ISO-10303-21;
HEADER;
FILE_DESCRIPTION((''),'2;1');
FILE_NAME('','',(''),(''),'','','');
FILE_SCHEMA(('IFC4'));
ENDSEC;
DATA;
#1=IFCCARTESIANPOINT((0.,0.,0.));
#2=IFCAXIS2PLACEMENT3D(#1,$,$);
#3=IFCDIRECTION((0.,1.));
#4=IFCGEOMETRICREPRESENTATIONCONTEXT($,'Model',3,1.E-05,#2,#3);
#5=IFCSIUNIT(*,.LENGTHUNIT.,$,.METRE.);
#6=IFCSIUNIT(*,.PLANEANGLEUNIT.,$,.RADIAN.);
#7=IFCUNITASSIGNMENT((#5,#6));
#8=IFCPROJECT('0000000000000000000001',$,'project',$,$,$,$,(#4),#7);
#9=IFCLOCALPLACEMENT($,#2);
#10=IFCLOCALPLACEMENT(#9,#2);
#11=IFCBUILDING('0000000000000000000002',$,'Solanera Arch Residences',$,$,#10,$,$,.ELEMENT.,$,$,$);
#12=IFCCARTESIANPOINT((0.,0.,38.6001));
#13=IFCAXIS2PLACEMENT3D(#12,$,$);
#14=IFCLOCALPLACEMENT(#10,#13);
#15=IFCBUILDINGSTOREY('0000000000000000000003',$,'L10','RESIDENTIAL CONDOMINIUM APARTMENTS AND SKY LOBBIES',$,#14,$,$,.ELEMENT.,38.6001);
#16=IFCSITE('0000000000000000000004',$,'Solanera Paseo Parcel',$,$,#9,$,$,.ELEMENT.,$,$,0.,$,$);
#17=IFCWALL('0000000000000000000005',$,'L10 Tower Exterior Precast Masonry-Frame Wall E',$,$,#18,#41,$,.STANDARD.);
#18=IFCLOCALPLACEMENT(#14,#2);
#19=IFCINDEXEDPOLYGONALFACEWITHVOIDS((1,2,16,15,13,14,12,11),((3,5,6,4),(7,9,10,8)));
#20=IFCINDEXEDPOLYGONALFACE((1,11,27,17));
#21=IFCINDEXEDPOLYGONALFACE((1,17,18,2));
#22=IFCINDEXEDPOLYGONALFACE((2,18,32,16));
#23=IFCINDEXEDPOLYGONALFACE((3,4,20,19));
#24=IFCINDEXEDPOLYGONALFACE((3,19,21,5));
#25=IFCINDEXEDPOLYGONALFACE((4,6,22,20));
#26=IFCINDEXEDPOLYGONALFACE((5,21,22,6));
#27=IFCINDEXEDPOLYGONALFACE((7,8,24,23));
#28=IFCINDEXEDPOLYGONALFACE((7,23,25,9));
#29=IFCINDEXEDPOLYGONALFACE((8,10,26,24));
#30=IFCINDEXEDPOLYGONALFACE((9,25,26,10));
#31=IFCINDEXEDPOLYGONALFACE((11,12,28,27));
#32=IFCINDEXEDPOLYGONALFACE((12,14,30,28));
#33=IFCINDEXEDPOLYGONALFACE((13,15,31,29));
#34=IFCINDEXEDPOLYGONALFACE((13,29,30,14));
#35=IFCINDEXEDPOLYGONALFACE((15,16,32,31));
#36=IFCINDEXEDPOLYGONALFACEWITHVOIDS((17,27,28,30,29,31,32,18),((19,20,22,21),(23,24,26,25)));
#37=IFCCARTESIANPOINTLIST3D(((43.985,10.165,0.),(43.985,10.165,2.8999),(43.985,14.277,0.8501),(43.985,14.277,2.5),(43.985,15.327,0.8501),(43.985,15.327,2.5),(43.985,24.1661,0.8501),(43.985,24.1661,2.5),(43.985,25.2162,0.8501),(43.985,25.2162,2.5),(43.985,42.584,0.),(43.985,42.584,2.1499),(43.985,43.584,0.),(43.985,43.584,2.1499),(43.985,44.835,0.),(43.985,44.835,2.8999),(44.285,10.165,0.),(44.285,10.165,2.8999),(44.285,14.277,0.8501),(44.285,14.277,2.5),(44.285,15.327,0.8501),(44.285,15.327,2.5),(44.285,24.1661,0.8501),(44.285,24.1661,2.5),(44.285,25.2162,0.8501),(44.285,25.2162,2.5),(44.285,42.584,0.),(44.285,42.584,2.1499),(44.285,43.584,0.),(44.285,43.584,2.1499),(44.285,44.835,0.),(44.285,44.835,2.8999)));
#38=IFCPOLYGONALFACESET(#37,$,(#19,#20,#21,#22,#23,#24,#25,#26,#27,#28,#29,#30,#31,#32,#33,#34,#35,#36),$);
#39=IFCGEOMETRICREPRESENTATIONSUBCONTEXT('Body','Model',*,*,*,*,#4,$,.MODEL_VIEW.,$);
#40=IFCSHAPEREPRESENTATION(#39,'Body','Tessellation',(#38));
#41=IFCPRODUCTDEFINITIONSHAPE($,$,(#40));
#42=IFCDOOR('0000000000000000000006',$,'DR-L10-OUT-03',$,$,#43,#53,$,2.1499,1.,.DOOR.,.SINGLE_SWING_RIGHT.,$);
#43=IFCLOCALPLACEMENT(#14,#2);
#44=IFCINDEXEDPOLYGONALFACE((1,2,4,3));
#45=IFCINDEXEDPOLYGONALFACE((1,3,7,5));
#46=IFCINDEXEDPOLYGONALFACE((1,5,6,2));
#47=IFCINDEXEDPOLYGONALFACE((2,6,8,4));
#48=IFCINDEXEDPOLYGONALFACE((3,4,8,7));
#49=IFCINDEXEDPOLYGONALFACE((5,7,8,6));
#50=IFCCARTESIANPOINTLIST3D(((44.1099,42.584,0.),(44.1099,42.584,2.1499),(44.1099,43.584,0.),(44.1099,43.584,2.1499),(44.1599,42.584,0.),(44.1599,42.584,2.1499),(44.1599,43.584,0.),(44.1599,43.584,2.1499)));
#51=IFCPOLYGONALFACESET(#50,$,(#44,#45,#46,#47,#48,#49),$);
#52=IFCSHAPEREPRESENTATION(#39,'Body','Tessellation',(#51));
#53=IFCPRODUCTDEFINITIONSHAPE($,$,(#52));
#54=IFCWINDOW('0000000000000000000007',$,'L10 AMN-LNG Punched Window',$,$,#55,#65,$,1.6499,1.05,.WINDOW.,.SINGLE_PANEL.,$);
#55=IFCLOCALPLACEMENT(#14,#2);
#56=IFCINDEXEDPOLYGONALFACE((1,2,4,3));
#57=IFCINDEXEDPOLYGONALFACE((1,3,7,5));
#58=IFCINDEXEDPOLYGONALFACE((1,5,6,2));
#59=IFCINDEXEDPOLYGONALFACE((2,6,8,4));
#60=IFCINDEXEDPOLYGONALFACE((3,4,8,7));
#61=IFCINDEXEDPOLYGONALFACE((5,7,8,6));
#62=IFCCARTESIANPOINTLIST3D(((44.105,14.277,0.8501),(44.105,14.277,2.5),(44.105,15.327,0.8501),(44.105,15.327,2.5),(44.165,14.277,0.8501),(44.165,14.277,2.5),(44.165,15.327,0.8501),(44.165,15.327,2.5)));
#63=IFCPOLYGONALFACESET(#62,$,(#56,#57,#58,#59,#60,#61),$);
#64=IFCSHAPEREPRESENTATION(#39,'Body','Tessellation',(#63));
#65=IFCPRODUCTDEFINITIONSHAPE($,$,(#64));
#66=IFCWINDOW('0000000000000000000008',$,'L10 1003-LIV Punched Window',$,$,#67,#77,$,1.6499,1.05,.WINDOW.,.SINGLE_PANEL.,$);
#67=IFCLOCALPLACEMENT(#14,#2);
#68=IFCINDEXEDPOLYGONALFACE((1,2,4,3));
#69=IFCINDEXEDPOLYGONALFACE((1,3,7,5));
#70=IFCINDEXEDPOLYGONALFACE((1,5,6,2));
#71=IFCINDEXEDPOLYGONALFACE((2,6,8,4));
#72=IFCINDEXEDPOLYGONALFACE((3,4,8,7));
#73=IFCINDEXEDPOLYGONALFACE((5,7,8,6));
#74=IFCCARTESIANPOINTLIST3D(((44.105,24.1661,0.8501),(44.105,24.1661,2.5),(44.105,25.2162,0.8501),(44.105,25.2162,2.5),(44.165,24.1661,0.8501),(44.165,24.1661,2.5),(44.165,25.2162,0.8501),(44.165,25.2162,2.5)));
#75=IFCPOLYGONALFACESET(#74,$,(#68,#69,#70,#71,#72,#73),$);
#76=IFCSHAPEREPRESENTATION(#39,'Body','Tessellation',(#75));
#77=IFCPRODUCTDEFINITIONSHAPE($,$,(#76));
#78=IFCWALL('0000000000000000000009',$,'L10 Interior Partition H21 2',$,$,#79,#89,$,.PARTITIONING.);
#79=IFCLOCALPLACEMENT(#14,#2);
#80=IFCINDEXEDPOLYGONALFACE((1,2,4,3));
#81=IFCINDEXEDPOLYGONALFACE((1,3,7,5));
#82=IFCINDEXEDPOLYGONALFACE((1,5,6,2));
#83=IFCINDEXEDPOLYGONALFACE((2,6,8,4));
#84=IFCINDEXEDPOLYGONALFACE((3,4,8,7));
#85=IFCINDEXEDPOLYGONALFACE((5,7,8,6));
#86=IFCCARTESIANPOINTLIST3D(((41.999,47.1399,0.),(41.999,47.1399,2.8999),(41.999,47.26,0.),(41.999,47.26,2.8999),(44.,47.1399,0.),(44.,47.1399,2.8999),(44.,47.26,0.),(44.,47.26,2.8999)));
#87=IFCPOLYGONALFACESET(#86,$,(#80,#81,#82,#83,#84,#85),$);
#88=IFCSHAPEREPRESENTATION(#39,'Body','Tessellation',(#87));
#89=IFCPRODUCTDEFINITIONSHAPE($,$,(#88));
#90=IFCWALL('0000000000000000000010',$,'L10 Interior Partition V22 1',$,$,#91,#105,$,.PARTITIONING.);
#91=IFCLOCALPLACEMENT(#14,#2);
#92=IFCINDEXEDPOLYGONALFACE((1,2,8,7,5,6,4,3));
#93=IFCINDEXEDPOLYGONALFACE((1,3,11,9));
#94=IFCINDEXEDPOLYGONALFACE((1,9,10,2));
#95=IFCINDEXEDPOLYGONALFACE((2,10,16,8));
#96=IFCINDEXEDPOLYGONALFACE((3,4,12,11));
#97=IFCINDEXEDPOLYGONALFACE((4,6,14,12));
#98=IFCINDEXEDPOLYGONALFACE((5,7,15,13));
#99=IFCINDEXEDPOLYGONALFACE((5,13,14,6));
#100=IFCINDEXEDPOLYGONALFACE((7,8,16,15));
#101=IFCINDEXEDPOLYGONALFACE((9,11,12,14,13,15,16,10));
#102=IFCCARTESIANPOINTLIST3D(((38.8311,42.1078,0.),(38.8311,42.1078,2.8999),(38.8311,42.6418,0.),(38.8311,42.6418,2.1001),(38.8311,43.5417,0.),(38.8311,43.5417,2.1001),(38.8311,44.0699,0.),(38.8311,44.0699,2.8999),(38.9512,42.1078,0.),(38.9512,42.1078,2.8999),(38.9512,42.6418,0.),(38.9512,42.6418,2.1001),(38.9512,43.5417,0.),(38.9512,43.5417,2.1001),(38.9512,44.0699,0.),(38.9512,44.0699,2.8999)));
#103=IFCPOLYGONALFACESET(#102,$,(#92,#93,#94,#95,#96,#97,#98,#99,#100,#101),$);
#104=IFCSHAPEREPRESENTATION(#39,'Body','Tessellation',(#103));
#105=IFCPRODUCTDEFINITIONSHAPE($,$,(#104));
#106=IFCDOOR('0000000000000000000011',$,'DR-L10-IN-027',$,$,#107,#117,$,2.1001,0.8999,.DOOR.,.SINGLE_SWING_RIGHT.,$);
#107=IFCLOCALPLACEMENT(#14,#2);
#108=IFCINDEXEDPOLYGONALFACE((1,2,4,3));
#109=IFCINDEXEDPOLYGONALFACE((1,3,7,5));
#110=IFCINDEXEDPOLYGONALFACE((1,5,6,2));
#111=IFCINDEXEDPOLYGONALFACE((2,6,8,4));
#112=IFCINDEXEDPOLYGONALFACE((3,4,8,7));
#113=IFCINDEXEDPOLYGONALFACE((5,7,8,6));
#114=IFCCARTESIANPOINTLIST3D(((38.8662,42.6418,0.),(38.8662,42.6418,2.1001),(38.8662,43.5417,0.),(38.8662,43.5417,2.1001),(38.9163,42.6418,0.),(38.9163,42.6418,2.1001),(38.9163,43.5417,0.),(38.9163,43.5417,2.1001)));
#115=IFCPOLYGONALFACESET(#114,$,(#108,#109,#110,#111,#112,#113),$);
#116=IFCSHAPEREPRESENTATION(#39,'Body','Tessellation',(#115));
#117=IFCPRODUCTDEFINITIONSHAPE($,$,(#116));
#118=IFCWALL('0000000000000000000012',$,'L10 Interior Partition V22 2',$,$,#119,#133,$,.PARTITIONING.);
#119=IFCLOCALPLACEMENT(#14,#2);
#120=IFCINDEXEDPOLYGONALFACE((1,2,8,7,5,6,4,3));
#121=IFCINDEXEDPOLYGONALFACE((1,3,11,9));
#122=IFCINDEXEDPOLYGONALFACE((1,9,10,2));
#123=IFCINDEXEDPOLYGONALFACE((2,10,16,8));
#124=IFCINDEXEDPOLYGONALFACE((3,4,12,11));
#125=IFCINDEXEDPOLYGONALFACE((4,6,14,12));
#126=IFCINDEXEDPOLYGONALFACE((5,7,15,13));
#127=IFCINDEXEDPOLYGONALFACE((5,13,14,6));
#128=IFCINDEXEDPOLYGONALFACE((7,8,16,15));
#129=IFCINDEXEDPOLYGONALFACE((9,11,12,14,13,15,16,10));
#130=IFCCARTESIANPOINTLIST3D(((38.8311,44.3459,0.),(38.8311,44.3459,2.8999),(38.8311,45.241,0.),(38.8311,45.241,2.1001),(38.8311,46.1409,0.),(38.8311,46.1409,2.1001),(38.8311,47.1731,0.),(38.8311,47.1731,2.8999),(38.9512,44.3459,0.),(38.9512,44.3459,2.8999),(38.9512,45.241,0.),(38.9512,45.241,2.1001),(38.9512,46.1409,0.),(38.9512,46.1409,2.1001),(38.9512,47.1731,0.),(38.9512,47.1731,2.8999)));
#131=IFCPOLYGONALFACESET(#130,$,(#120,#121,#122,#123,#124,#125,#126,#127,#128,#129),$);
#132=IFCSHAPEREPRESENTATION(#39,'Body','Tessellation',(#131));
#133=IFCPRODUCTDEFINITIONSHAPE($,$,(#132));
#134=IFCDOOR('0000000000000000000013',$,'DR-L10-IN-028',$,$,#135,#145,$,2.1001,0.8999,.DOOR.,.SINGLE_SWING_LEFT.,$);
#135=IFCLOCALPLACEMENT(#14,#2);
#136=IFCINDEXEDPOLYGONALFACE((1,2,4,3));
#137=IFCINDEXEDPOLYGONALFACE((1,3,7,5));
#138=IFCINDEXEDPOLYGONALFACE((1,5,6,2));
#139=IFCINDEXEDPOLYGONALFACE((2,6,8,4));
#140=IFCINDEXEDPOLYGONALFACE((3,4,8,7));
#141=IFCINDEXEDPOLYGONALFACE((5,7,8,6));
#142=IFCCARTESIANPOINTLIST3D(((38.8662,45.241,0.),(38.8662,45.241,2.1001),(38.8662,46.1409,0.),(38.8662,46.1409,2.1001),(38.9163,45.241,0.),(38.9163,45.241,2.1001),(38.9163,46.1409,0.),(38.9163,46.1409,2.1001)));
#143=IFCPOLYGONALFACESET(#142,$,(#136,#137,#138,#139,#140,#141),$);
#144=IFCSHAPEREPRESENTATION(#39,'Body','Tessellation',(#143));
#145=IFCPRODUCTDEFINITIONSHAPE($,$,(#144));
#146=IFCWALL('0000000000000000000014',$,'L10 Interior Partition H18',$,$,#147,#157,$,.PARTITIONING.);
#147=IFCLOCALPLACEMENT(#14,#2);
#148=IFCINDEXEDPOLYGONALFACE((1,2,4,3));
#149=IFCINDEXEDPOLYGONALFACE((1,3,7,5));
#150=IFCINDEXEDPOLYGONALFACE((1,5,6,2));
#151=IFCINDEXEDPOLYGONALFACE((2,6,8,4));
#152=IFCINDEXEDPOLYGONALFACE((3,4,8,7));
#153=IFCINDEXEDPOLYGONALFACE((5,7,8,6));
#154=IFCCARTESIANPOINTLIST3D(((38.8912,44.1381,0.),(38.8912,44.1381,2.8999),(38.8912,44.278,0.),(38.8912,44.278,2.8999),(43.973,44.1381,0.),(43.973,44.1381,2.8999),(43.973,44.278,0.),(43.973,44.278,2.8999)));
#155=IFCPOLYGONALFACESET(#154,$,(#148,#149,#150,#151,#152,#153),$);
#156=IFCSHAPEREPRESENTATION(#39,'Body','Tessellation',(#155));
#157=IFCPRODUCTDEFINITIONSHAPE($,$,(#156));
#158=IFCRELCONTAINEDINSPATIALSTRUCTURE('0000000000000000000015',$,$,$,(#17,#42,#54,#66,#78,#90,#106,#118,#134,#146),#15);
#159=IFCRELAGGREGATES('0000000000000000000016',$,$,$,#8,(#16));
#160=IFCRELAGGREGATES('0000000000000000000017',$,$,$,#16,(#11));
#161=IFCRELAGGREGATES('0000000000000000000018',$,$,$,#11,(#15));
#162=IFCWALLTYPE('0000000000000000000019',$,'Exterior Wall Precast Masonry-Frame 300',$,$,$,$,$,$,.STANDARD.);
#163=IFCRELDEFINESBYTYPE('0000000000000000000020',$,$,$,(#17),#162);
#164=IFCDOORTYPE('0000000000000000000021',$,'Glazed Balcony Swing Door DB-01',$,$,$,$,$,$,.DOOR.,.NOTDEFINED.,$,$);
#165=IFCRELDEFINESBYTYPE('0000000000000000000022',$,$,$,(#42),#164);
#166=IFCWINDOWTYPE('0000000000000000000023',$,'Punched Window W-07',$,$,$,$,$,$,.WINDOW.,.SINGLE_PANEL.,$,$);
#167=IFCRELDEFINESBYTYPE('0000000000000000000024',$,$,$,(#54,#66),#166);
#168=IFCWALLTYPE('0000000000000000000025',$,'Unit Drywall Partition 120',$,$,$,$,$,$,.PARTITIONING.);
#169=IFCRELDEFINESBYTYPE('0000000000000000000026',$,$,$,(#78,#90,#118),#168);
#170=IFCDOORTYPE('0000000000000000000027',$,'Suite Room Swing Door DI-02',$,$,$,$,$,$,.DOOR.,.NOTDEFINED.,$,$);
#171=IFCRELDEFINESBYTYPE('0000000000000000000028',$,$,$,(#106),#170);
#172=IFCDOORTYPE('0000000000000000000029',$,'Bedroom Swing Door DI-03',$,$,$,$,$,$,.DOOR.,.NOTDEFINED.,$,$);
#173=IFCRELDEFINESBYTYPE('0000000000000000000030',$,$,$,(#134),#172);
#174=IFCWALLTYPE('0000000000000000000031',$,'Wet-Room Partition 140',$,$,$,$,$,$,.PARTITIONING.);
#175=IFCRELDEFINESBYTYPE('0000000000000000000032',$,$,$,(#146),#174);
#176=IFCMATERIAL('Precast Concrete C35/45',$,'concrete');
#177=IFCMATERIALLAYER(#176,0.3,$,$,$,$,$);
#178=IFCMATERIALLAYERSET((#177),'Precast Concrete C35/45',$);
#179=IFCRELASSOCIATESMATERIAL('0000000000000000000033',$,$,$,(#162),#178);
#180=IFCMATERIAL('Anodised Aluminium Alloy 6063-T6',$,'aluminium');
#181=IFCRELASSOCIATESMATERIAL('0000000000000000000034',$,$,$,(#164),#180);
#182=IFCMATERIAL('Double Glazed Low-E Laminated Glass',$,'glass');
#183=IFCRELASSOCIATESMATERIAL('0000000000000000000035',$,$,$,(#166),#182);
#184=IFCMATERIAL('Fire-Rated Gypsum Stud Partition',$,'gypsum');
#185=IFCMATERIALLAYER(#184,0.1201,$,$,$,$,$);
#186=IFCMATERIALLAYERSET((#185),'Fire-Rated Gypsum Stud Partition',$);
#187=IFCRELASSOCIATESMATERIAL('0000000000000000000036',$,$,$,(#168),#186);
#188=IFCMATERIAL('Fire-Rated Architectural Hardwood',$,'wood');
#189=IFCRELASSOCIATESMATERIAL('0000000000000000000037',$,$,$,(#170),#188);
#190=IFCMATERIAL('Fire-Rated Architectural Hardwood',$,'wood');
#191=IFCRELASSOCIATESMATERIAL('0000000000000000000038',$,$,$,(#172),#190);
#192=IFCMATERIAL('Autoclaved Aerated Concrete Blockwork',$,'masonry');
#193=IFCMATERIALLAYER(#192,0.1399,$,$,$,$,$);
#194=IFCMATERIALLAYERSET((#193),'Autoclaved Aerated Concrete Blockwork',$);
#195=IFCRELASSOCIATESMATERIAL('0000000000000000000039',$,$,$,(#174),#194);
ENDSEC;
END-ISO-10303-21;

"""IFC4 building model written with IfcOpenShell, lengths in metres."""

from ifc_helpers import new_model, si_unit, direction, frame, frame_2d, origin, place, context, subcontext, project, spatial, rectangle, extrude, material, layer, layer_set, type_object, element, fill, save


model = new_model("IFC4")

# Units and contexts
model_context = context("Model", 3, precision=1e-05, world=origin(), true_north=direction((0.0, 1.0)))
body_context = subcontext(model_context, "Body", "Model", "MODEL_VIEW")
ifc_project = project(units=[si_unit("LENGTHUNIT", "METRE"), si_unit("PLANEANGLEUNIT", "RADIAN")], contexts=[model_context])

# Site, building, storey
site_placement = place(None, origin())
site = spatial("IfcSite", under=ifc_project, at=site_placement, Name="Solanera Paseo Parcel", CompositionType="ELEMENT", RefElevation=0.0)
building_placement = place(site_placement, origin())
building = spatial("IfcBuilding", under=site, at=building_placement, Name="Solanera Arch Residences", CompositionType="ELEMENT")
storey_placement = place(building_placement, frame((0.0, 0.0, 38.6001)))
storey = spatial("IfcBuildingStorey", under=building, at=storey_placement, Name="L10", Description="RESIDENTIAL CONDOMINIUM APARTMENTS AND SKY LOBBIES", CompositionType="ELEMENT", Elevation=38.6001)

# Shared definitions
ifc_material_1 = material(Name="Precast Concrete C35/45", Category="concrete")
ifc_layer_1 = layer(ifc_material_1, 0.3)
ifc_layer_set_1 = layer_set([ifc_layer_1], Name="Precast Concrete C35/45")
wall_type_1 = type_object("IfcWallType", Name="Exterior Wall Precast Masonry-Frame 300", PredefinedType="STANDARD", material=ifc_layer_set_1)

# Wall, openings, door, windows
wall_1_placement = place(storey_placement, frame((44.135, 44.835, 0.0), z_axis=(0.0, 0.0, 1.0), x_axis=(0.0, -1.0, 0.0)))
wall_1 = element("IfcWall", 1, at=wall_1_placement, inside=storey, type_object=wall_type_1, Name="L10 Tower Exterior Precast Masonry-Frame Wall E", PredefinedType="STANDARD", context=body_context, shape_type="SweptSolid", body=[
    extrude(rectangle(XDim=34.6699, YDim=0.3, at=frame_2d((17.335, 0.0))), origin(), (0.0, 0.0, 1.0), 2.8999),
])
opening_1_placement = place(wall_1_placement, frame((1.251, 0.0, 0.0)))
opening_1 = element("IfcOpeningElement", 2, at=opening_1_placement, cuts=wall_1, PredefinedType="OPENING", context=body_context, shape_type="SweptSolid", body=[
    extrude(rectangle(XDim=1.0, YDim=2.1499, at=frame_2d((0.5, 1.075))), frame((0.0, 0.1599, 0.0), z_axis=(0.0, -1.0, 0.0), x_axis=(1.0, 0.0, 0.0)), (0.0, 0.0, 1.0), 0.32),
])
opening_2_placement = place(wall_1_placement, frame((29.5081, 0.0, 0.8501)))
opening_2 = element("IfcOpeningElement", 3, at=opening_2_placement, cuts=wall_1, PredefinedType="OPENING", context=body_context, shape_type="SweptSolid", body=[
    extrude(rectangle(XDim=1.05, YDim=1.6499, at=frame_2d((0.5249, 0.825))), frame((0.0, 0.1599, 0.0), z_axis=(0.0, -1.0, 0.0), x_axis=(1.0, 0.0, 0.0)), (0.0, 0.0, 1.0), 0.32),
])
opening_3_placement = place(wall_1_placement, frame((19.6189, 0.0, 0.8501)))
opening_3 = element("IfcOpeningElement", 4, at=opening_3_placement, cuts=wall_1, PredefinedType="OPENING", context=body_context, shape_type="SweptSolid", body=[
    extrude(rectangle(XDim=1.05, YDim=1.6499, at=frame_2d((0.5249, 0.825))), frame((0.0, 0.1599, 0.0), z_axis=(0.0, -1.0, 0.0), x_axis=(1.0, 0.0, 0.0)), (0.0, 0.0, 1.0), 0.32),
])
ifc_material_2 = material(Name="Anodised Aluminium Alloy 6063-T6", Category="aluminium")
door_type_1 = type_object("IfcDoorType", Name="Glazed Balcony Swing Door DB-01", OperationType="NOTDEFINED", PredefinedType="DOOR", material=ifc_material_2)
door_1_placement = place(opening_1_placement, origin())
door_1 = element("IfcDoor", 5, at=door_1_placement, inside=storey, type_object=door_type_1, Name="DR-L10-OUT-03", OperationType="SINGLE_SWING_RIGHT", OverallHeight=2.1499, OverallWidth=1.0, PredefinedType="DOOR", context=body_context, shape_type="SweptSolid", body=[
    extrude(rectangle(XDim=1.0, YDim=2.1499, at=frame_2d((0.5, 1.075))), frame((0.0, 0.0249, 0.0), z_axis=(0.0, -1.0, 0.0), x_axis=(1.0, 0.0, 0.0)), (0.0, 0.0, 1.0), 0.05),
])
fill(opening_1, door_1)
ifc_material_3 = material(Name="Double Glazed Low-E Laminated Glass", Category="glass")
window_type = type_object("IfcWindowType", Name="Punched Window W-07", PartitioningType="SINGLE_PANEL", PredefinedType="WINDOW", material=ifc_material_3)
window_1_placement = place(opening_2_placement, origin())
window_1 = element("IfcWindow", 6, at=window_1_placement, inside=storey, type_object=window_type, Name="L10 AMN-LNG Punched Window", OverallHeight=1.6499, OverallWidth=1.05, PartitioningType="SINGLE_PANEL", PredefinedType="WINDOW", context=body_context, shape_type="SweptSolid", body=[
    extrude(rectangle(XDim=1.05, YDim=1.6499, at=frame_2d((0.5249, 0.825))), frame((0.0, 0.03, 0.0), z_axis=(0.0, -1.0, 0.0), x_axis=(1.0, 0.0, 0.0)), (0.0, 0.0, 1.0), 0.0601),
])
fill(opening_2, window_1)
window_2_placement = place(opening_3_placement, origin())
window_2 = element("IfcWindow", 7, at=window_2_placement, inside=storey, type_object=window_type, Name="L10 1003-LIV Punched Window", OverallHeight=1.6499, OverallWidth=1.05, PartitioningType="SINGLE_PANEL", PredefinedType="WINDOW", context=body_context, shape_type="SweptSolid", body=[
    extrude(rectangle(XDim=1.05, YDim=1.6499, at=frame_2d((0.5249, 0.825))), frame((0.0, 0.03, 0.0), z_axis=(0.0, -1.0, 0.0), x_axis=(1.0, 0.0, 0.0)), (0.0, 0.0, 1.0), 0.0601),
])
fill(opening_3, window_2)

# Wall
ifc_material_4 = material(Name="Fire-Rated Gypsum Stud Partition", Category="gypsum")
ifc_layer_2 = layer(ifc_material_4, 0.1201)
ifc_layer_set_2 = layer_set([ifc_layer_2], Name="Fire-Rated Gypsum Stud Partition")
wall_type_2 = type_object("IfcWallType", Name="Unit Drywall Partition 120", PredefinedType="PARTITIONING", material=ifc_layer_set_2)
wall_2_placement = place(storey_placement, frame((41.999, 47.2, 0.0), z_axis=(0.0, 0.0, 1.0), x_axis=(1.0, 0.0, 0.0)))
element("IfcWall", 8, at=wall_2_placement, inside=storey, type_object=wall_type_2, Name="L10 Interior Partition H21 2", PredefinedType="PARTITIONING", context=body_context, shape_type="SweptSolid", body=[
    extrude(rectangle(XDim=2.001, YDim=0.1201, at=frame_2d((1.0005, 0.0))), origin(), (0.0, 0.0, 1.0), 2.8999),
])

# Walls, openings, doors
wall_3_placement = place(storey_placement, frame((38.8911, 42.1079, 0.0), z_axis=(0.0, 0.0, 1.0), x_axis=(0.0, 1.0, 0.0)))
wall_3 = element("IfcWall", 9, at=wall_3_placement, inside=storey, type_object=wall_type_2, Name="L10 Interior Partition V22 1", PredefinedType="PARTITIONING", context=body_context, shape_type="SweptSolid", body=[
    extrude(rectangle(XDim=1.9622, YDim=0.1201, at=frame_2d((0.981, 0.0))), origin(), (0.0, 0.0, 1.0), 2.8999),
])
opening_4_placement = place(wall_3_placement, frame((0.5339, 0.0, 0.0)))
opening_4 = element("IfcOpeningElement", 10, at=opening_4_placement, cuts=wall_3, PredefinedType="OPENING", context=body_context, shape_type="SweptSolid", body=[
    extrude(rectangle(XDim=0.8999, YDim=2.1001, at=frame_2d((0.45, 1.05))), frame((0.0, 0.0701, 0.0), z_axis=(0.0, -1.0, 0.0), x_axis=(1.0, 0.0, 0.0)), (0.0, 0.0, 1.0), 0.1401),
])
ifc_material_5 = material(Name="Fire-Rated Architectural Hardwood", Category="wood")
door_type_2 = type_object("IfcDoorType", Name="Suite Room Swing Door DI-02", OperationType="NOTDEFINED", PredefinedType="DOOR", material=ifc_material_5)
door_2_placement = place(opening_4_placement, origin())
door_2 = element("IfcDoor", 11, at=door_2_placement, inside=storey, type_object=door_type_2, Name="DR-L10-IN-027", OperationType="SINGLE_SWING_RIGHT", OverallHeight=2.1001, OverallWidth=0.8999, PredefinedType="DOOR", context=body_context, shape_type="SweptSolid", body=[
    extrude(rectangle(XDim=0.8999, YDim=2.1001, at=frame_2d((0.45, 1.05))), frame((0.0, 0.0249, 0.0), z_axis=(0.0, -1.0, 0.0), x_axis=(1.0, 0.0, 0.0)), (0.0, 0.0, 1.0), 0.05),
])
fill(opening_4, door_2)
wall_4_placement = place(storey_placement, frame((38.8911, 44.3459, 0.0), z_axis=(0.0, 0.0, 1.0), x_axis=(0.0, 1.0, 0.0)))
wall_4 = element("IfcWall", 12, at=wall_4_placement, inside=storey, type_object=wall_type_2, Name="L10 Interior Partition V22 2", PredefinedType="PARTITIONING", context=body_context, shape_type="SweptSolid", body=[
    extrude(rectangle(XDim=2.8271, YDim=0.1201, at=frame_2d((1.4136, 0.0))), origin(), (0.0, 0.0, 1.0), 2.8999),
])
opening_5_placement = place(wall_4_placement, frame((0.895, 0.0, 0.0)))
opening_5 = element("IfcOpeningElement", 13, at=opening_5_placement, cuts=wall_4, PredefinedType="OPENING", context=body_context, shape_type="SweptSolid", body=[
    extrude(rectangle(XDim=0.8999, YDim=2.1001, at=frame_2d((0.45, 1.05))), frame((0.0, 0.0701, 0.0), z_axis=(0.0, -1.0, 0.0), x_axis=(1.0, 0.0, 0.0)), (0.0, 0.0, 1.0), 0.1401),
])
ifc_material_6 = material(Name="Fire-Rated Architectural Hardwood", Category="wood")
door_type_3 = type_object("IfcDoorType", Name="Bedroom Swing Door DI-03", OperationType="NOTDEFINED", PredefinedType="DOOR", material=ifc_material_6)
door_3_placement = place(opening_5_placement, origin())
door_3 = element("IfcDoor", 14, at=door_3_placement, inside=storey, type_object=door_type_3, Name="DR-L10-IN-028", OperationType="SINGLE_SWING_LEFT", OverallHeight=2.1001, OverallWidth=0.8999, PredefinedType="DOOR", context=body_context, shape_type="SweptSolid", body=[
    extrude(rectangle(XDim=0.8999, YDim=2.1001, at=frame_2d((0.45, 1.05))), frame((0.0, 0.0249, 0.0), z_axis=(0.0, -1.0, 0.0), x_axis=(1.0, 0.0, 0.0)), (0.0, 0.0, 1.0), 0.05),
])
fill(opening_5, door_3)

# Wall
ifc_material_7 = material(Name="Autoclaved Aerated Concrete Blockwork", Category="masonry")
ifc_layer_3 = layer(ifc_material_7, 0.1399)
ifc_layer_set_3 = layer_set([ifc_layer_3], Name="Autoclaved Aerated Concrete Blockwork")
wall_type_3 = type_object("IfcWallType", Name="Wet-Room Partition 140", PredefinedType="PARTITIONING", material=ifc_layer_set_3)
wall_5_placement = place(storey_placement, frame((38.8911, 44.208, 0.0), z_axis=(0.0, 0.0, 1.0), x_axis=(1.0, 0.0, 0.0)))
element("IfcWall", 15, at=wall_5_placement, inside=storey, type_object=wall_type_3, Name="L10 Interior Partition H18", PredefinedType="PARTITIONING", context=body_context, shape_type="SweptSolid", body=[
    extrude(rectangle(XDim=5.0818, YDim=0.1399, at=frame_2d((2.541, 0.0))), origin(), (0.0, 0.0, 1.0), 2.8999),
])

save(model, "model.ifc")
